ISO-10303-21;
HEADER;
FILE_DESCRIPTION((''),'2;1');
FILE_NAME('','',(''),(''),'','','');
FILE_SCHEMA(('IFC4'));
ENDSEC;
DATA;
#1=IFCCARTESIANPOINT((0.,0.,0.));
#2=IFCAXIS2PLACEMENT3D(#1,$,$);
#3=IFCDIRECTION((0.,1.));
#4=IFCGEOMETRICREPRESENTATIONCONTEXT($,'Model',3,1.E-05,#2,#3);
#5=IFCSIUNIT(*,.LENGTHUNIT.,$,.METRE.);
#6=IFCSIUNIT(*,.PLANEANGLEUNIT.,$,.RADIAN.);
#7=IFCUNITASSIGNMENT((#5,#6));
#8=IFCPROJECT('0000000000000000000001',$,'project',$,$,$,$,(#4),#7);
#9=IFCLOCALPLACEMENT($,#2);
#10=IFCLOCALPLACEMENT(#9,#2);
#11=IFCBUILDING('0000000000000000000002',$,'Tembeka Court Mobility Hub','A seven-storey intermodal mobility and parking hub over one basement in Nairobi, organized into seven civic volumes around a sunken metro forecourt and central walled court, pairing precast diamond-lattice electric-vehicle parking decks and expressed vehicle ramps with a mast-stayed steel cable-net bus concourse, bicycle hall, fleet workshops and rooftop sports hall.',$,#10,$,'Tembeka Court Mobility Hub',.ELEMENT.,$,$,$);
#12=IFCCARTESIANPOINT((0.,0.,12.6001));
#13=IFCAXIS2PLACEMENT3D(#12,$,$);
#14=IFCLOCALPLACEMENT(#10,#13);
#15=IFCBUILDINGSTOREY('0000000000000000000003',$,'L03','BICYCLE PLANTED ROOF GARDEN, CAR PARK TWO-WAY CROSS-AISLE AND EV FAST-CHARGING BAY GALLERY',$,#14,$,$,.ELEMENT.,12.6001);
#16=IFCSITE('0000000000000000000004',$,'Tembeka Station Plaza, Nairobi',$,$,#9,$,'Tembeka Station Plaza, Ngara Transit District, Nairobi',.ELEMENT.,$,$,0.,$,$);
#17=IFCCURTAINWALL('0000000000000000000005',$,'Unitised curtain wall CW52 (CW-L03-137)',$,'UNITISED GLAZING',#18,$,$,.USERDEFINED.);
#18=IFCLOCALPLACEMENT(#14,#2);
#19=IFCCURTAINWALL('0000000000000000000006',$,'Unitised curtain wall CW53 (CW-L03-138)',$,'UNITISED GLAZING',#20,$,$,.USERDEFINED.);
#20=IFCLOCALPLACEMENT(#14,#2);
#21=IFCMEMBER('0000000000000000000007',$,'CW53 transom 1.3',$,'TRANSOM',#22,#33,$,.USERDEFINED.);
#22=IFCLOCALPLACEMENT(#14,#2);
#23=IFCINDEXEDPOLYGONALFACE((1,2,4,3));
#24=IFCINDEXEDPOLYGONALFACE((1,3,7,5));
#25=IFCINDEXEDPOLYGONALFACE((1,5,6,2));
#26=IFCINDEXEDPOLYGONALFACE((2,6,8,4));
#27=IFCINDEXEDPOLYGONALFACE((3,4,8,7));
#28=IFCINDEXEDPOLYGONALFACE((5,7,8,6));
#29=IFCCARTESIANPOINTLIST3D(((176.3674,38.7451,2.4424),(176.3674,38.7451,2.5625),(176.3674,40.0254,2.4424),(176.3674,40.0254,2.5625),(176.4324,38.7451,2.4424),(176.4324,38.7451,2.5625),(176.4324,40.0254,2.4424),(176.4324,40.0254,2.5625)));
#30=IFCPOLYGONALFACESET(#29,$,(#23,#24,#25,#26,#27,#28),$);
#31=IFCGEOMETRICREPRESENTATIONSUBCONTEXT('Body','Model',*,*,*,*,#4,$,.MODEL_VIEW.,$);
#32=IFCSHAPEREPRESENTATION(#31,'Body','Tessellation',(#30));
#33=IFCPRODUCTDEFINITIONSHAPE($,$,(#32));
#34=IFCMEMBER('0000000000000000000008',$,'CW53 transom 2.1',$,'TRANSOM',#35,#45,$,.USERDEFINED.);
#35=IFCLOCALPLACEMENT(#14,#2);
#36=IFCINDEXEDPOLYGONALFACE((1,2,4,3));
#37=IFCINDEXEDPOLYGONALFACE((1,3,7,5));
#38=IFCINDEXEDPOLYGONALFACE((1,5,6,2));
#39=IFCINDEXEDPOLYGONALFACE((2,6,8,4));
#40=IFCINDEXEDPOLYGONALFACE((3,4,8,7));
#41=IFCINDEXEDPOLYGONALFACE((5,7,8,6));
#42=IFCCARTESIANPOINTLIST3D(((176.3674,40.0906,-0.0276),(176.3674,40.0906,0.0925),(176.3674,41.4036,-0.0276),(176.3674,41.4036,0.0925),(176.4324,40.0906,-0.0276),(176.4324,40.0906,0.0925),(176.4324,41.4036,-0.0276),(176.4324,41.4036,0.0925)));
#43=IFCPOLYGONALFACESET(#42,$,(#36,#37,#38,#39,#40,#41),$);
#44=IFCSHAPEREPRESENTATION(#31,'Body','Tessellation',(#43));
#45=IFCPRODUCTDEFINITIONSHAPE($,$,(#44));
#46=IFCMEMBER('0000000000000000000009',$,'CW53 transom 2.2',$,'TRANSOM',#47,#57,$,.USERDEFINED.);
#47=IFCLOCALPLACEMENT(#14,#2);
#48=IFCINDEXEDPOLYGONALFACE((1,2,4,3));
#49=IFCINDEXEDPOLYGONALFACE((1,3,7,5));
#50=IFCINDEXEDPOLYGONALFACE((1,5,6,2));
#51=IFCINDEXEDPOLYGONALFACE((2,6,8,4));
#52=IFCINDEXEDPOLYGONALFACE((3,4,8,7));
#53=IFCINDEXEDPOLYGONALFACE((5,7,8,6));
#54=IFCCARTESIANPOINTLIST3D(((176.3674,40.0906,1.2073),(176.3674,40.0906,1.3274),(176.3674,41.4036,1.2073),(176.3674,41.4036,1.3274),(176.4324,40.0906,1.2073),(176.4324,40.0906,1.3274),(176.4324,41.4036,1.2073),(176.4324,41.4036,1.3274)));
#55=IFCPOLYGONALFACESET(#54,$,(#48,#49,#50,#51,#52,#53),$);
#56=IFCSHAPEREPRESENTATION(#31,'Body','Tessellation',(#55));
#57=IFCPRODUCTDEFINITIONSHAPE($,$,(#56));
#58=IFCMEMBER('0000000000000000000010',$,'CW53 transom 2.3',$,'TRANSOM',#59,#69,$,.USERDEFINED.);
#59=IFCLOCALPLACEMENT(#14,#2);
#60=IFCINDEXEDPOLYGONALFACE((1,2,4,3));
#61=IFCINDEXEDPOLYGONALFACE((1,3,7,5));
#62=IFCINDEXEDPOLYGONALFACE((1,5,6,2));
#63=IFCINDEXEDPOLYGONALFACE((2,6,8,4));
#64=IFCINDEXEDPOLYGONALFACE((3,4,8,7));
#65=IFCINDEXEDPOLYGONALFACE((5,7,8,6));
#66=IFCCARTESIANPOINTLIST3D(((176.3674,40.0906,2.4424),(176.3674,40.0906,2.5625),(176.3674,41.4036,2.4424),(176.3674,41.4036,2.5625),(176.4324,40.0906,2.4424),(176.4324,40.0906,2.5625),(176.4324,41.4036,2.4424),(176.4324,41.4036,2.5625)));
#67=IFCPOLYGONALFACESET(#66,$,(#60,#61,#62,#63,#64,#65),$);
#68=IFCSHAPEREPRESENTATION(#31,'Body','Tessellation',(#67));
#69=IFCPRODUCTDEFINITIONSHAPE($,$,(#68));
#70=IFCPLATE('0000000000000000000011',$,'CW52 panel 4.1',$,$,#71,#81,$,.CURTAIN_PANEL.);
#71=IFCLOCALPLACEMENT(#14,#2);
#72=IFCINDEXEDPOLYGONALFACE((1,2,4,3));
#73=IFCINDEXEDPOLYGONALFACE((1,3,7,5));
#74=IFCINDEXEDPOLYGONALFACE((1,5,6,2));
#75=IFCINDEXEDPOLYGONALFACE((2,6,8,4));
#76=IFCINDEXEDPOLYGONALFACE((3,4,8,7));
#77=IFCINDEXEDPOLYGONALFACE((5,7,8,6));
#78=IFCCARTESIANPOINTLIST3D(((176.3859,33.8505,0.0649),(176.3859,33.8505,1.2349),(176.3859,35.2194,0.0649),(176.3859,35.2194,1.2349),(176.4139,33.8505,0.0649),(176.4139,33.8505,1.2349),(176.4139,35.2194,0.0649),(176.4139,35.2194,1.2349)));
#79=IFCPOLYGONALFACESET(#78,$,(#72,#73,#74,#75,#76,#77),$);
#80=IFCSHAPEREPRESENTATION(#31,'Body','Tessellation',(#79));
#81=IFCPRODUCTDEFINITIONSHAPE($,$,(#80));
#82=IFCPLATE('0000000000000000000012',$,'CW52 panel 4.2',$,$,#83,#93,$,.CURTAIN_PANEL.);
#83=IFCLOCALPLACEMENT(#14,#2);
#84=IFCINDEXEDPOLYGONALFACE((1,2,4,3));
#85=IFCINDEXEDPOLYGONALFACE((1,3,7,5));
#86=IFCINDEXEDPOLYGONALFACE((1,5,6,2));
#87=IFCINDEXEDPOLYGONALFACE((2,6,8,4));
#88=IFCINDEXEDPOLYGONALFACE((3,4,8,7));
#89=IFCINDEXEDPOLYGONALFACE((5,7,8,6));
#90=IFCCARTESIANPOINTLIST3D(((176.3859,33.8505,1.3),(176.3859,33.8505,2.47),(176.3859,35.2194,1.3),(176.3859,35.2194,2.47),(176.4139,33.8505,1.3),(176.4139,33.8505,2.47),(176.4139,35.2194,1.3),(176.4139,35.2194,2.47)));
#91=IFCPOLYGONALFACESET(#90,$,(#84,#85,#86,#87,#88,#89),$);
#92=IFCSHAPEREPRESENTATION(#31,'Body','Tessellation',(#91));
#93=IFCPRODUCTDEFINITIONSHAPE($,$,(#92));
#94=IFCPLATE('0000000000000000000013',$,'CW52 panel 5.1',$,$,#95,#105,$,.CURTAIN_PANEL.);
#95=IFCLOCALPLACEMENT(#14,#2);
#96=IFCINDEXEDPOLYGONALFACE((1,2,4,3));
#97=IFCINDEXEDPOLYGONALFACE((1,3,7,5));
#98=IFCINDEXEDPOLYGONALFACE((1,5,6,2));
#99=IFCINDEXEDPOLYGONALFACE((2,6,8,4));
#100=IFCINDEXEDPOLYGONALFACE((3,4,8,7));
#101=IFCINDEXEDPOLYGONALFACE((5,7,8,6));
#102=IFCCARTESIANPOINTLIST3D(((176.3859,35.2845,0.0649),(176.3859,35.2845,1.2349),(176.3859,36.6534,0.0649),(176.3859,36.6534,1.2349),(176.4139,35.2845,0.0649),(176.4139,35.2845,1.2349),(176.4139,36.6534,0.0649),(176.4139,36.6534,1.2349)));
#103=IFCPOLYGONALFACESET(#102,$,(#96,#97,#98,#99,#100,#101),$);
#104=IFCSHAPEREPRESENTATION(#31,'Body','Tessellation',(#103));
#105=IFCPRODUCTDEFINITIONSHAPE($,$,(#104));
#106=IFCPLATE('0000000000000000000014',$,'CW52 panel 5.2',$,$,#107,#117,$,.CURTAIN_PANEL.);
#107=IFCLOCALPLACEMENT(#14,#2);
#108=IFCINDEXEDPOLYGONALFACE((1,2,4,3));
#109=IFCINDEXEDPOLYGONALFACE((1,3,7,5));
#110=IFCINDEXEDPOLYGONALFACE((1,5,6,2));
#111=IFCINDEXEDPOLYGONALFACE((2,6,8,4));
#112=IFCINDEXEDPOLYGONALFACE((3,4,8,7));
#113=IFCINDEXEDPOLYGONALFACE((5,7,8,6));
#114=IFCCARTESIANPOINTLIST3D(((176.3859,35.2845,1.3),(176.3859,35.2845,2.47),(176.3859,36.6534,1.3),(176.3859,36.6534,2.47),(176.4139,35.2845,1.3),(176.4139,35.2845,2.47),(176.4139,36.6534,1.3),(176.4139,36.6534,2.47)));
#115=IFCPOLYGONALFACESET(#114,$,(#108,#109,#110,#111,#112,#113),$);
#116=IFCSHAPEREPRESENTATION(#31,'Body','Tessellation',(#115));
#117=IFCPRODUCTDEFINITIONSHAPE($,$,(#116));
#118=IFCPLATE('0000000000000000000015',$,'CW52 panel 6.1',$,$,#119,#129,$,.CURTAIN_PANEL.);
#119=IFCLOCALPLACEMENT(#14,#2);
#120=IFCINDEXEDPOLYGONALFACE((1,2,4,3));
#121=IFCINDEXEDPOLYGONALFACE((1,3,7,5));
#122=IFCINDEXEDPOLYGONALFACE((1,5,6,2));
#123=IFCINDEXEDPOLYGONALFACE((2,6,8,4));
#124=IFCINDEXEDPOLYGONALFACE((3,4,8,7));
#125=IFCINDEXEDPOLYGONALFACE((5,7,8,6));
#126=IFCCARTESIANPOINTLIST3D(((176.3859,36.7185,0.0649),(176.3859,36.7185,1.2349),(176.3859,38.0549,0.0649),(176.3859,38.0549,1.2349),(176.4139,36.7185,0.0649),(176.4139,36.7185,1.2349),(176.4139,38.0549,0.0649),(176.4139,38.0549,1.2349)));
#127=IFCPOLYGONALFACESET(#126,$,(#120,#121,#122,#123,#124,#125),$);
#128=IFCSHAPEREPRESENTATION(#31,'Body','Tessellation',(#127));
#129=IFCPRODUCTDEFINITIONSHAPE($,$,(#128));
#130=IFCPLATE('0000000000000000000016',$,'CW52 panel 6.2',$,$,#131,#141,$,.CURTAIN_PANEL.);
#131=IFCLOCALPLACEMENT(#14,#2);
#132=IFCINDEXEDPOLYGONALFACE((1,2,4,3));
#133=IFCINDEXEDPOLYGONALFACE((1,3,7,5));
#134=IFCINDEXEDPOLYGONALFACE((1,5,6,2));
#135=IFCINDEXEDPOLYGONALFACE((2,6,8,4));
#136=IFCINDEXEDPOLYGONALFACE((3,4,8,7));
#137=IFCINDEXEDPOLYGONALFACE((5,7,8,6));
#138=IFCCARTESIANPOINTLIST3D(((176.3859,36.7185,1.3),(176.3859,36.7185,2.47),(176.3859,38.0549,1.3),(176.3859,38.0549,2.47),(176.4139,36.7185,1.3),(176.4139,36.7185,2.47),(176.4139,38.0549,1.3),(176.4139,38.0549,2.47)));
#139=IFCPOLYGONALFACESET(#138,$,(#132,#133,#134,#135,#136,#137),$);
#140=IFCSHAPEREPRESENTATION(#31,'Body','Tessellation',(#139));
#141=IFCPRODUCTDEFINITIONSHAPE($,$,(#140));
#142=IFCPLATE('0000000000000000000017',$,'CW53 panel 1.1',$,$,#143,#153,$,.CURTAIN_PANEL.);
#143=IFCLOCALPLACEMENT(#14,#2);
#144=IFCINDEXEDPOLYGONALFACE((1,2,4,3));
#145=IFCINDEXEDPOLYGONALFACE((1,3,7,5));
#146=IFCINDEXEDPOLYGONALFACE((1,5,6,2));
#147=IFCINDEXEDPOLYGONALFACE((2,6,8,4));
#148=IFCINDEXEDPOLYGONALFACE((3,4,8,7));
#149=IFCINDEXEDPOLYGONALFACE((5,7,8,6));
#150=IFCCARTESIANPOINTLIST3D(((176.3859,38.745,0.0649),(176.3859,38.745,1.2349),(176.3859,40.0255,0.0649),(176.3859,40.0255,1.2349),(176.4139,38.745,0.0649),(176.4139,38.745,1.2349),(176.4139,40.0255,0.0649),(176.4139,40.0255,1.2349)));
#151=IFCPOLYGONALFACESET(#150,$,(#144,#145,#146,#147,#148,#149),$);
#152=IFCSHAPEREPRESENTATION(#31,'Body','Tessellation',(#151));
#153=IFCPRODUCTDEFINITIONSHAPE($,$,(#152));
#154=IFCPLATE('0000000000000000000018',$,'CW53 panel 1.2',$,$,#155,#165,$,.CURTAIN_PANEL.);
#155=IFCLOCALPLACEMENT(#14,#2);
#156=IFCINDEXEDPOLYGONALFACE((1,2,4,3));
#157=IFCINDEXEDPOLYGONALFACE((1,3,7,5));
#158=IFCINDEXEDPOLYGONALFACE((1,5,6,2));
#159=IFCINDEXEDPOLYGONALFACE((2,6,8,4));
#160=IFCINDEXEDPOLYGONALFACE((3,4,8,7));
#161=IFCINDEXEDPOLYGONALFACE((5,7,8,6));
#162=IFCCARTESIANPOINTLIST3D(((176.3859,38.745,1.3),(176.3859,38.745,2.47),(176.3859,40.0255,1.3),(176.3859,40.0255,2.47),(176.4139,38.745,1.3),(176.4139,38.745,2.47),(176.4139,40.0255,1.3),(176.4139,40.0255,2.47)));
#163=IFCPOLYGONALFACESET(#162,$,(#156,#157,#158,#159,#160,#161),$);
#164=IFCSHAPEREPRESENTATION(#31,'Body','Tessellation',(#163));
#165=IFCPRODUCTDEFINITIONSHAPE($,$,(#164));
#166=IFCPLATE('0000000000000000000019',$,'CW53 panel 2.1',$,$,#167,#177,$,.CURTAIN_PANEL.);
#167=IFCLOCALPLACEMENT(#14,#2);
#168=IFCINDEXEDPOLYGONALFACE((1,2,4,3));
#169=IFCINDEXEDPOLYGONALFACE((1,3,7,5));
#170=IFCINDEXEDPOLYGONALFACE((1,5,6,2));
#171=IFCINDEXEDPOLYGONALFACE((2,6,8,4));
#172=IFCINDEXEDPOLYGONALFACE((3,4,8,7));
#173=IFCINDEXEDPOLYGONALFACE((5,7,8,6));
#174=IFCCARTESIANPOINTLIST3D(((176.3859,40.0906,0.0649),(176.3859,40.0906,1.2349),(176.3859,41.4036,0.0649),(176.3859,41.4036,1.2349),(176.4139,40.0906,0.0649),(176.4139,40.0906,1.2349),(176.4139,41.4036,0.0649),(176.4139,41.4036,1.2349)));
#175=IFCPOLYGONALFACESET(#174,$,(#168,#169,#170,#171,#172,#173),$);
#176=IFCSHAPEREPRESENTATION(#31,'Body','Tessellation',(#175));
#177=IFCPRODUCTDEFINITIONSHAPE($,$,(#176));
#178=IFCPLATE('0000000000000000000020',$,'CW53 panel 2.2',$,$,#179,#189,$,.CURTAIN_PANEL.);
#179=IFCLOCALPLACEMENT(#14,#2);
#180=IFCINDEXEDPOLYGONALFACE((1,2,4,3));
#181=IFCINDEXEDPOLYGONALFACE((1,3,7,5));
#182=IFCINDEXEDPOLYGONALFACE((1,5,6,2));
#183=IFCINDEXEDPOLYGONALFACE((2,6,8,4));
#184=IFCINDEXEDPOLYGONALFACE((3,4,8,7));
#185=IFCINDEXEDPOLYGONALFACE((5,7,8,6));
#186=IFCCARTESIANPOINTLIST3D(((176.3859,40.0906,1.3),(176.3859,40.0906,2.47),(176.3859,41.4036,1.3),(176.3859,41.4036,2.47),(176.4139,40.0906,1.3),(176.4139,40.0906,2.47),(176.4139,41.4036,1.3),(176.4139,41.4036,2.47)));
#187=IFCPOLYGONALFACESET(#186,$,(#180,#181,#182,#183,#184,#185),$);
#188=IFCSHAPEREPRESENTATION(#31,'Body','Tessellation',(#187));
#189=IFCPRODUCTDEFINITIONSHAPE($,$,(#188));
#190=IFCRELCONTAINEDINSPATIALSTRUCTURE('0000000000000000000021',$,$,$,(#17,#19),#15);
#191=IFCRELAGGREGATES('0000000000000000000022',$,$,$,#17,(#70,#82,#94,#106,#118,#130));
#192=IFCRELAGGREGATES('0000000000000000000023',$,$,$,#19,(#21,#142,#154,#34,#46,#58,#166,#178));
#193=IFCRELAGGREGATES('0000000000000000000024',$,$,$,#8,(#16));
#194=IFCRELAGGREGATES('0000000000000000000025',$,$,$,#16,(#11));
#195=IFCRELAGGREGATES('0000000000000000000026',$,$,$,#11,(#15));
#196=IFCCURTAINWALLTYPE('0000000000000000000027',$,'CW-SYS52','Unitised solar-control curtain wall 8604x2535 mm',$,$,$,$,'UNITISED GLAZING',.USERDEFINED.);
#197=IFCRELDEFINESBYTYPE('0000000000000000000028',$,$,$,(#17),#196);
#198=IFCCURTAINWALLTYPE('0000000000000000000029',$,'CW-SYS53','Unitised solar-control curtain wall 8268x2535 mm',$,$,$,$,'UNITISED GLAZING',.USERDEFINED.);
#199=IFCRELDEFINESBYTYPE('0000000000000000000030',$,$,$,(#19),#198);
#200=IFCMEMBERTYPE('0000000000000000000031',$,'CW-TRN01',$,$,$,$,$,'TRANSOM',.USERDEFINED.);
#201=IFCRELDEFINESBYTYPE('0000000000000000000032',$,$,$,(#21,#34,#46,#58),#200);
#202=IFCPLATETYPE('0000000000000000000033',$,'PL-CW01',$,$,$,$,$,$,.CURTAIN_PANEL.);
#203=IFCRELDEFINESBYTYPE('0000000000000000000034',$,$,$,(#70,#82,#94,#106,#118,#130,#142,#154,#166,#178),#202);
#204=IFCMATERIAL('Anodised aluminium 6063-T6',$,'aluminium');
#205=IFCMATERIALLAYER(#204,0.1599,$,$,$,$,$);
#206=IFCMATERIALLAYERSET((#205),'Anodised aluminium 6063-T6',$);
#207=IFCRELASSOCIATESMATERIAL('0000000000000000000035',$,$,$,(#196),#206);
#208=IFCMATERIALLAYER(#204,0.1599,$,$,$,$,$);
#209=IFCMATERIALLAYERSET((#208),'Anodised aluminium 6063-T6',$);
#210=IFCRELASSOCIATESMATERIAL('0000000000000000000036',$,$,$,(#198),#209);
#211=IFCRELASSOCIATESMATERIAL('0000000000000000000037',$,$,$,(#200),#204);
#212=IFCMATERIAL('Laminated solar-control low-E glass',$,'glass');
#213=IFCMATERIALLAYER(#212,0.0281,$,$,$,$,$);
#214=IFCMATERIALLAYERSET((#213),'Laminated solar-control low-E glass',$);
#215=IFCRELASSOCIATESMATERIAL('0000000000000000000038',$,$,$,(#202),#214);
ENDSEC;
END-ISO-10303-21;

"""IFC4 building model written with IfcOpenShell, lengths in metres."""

from ifc_helpers import new_model, si_unit, direction, frame, origin, origin_2d, place, context, subcontext, project, spatial, rectangle, extrude, material, layer, layer_set, material_profile, profile_set, type_object, element, aggregate, save


model = new_model("IFC4")

# Units and contexts
model_context = context("Model", 3, precision=1e-05, world=origin(), true_north=direction((0.0, 1.0)))
body_context = subcontext(model_context, "Body", "Model", "MODEL_VIEW")
ifc_project = project(units=[si_unit("LENGTHUNIT", "METRE"), si_unit("PLANEANGLEUNIT", "RADIAN")], contexts=[model_context])

# Site, building, storey
site_placement = place(None, origin())
site = spatial("IfcSite", under=ifc_project, at=site_placement, Name="Tembeka Station Plaza, Nairobi", LongName="Tembeka Station Plaza, Ngara Transit District, Nairobi", CompositionType="ELEMENT", RefElevation=0.0)
building_placement = place(site_placement, origin())
building = spatial("IfcBuilding", under=site, at=building_placement, Name="Tembeka Court Mobility Hub", Description="A seven-storey intermodal mobility and parking hub over one basement in Nairobi, organized into seven civic volumes around a sunken metro forecourt and central walled court, pairing precast diamond-lattice electric-vehicle parking decks and expressed vehicle ramps with a mast-stayed steel cable-net bus concourse, bicycle hall, fleet workshops and rooftop sports hall.", LongName="Tembeka Court Mobility Hub", CompositionType="ELEMENT")
storey_placement = place(building_placement, frame((0.0, 0.0, 12.6001)))
storey = spatial("IfcBuildingStorey", under=building, at=storey_placement, Name="L03", Description="BICYCLE PLANTED ROOF GARDEN, CAR PARK TWO-WAY CROSS-AISLE AND EV FAST-CHARGING BAY GALLERY", CompositionType="ELEMENT", Elevation=12.6001)

# Curtain walls
ifc_material_1 = material(Name="Anodised aluminium 6063-T6", Category="aluminium")
ifc_layer_1 = layer(ifc_material_1, 0.1599)
ifc_layer_set_1 = layer_set([ifc_layer_1], Name="Anodised aluminium 6063-T6")
curtain_wall_type_1 = type_object("IfcCurtainWallType", Name="CW-SYS52", Description="Unitised solar-control curtain wall 8604x2535 mm", ElementType="UNITISED GLAZING", PredefinedType="USERDEFINED", material=ifc_layer_set_1)
curtain_wall_1_placement = place(storey_placement, origin())
curtain_wall_1 = element("IfcCurtainWall", 1, at=curtain_wall_1_placement, inside=storey, type_object=curtain_wall_type_1, Name="Unitised curtain wall CW52 (CW-L03-137)", ObjectType="UNITISED GLAZING", PredefinedType="USERDEFINED")
ifc_layer_2 = layer(ifc_material_1, 0.1599)
ifc_layer_set_2 = layer_set([ifc_layer_2], Name="Anodised aluminium 6063-T6")
curtain_wall_type_2 = type_object("IfcCurtainWallType", Name="CW-SYS53", Description="Unitised solar-control curtain wall 8268x2535 mm", ElementType="UNITISED GLAZING", PredefinedType="USERDEFINED", material=ifc_layer_set_2)
curtain_wall_2_placement = place(storey_placement, origin())
curtain_wall_2 = element("IfcCurtainWall", 2, at=curtain_wall_2_placement, inside=storey, type_object=curtain_wall_type_2, Name="Unitised curtain wall CW53 (CW-L03-138)", ObjectType="UNITISED GLAZING", PredefinedType="USERDEFINED")

# Members
ifc_material_profile_1 = material_profile(ifc_material_1, rectangle(XDim=0.0649, YDim=0.1201, at=origin_2d()), Name="ALU-TRN 65x120")
ifc_profile_set_1 = profile_set([ifc_material_profile_1], Name="Anodised aluminium 6063-T6")
member_type_1 = type_object("IfcMemberType", Name="CW-TRN01", ElementType="TRANSOM", PredefinedType="USERDEFINED", material=ifc_profile_set_1)
member_1_placement = place(storey_placement, frame((176.3999, 38.7451, 2.5024), z_axis=(0.0, 1.0, 0.0), x_axis=(-1.0, 0.0, 0.0)))
member_1 = element("IfcMember", 3, at=member_1_placement, type_object=member_type_1, Name="CW53 transom 1.3", ObjectType="TRANSOM", PredefinedType="USERDEFINED", context=body_context, shape_type="SweptSolid", body=[
    extrude(rectangle(XDim=0.0649, YDim=0.1201, at=origin_2d()), origin(), (0.0, 0.0, 1.0), 1.2803),
])
member_2_placement = place(storey_placement, frame((176.3999, 40.0906, 0.0325), z_axis=(0.0, 1.0, 0.0), x_axis=(-1.0, 0.0, 0.0)))
member_2 = element("IfcMember", 4, at=member_2_placement, type_object=member_type_1, Name="CW53 transom 2.1", ObjectType="TRANSOM", PredefinedType="USERDEFINED", context=body_context, shape_type="SweptSolid", body=[
    extrude(rectangle(XDim=0.0649, YDim=0.1201, at=origin_2d()), origin(), (0.0, 0.0, 1.0), 1.313),
])
member_3_placement = place(storey_placement, frame((176.3999, 40.0906, 1.2673), z_axis=(0.0, 1.0, 0.0), x_axis=(-1.0, 0.0, 0.0)))
member_3 = element("IfcMember", 5, at=member_3_placement, type_object=member_type_1, Name="CW53 transom 2.2", ObjectType="TRANSOM", PredefinedType="USERDEFINED", context=body_context, shape_type="SweptSolid", body=[
    extrude(rectangle(XDim=0.0649, YDim=0.1201, at=origin_2d()), origin(), (0.0, 0.0, 1.0), 1.313),
])
member_4_placement = place(storey_placement, frame((176.3999, 40.0906, 2.5024), z_axis=(0.0, 1.0, 0.0), x_axis=(-1.0, 0.0, 0.0)))
member_4 = element("IfcMember", 6, at=member_4_placement, type_object=member_type_1, Name="CW53 transom 2.3", ObjectType="TRANSOM", PredefinedType="USERDEFINED", context=body_context, shape_type="SweptSolid", body=[
    extrude(rectangle(XDim=0.0649, YDim=0.1201, at=origin_2d()), origin(), (0.0, 0.0, 1.0), 1.313),
])

# Plates
ifc_material_2 = material(Name="Laminated solar-control low-E glass", Category="glass")
ifc_layer_3 = layer(ifc_material_2, 0.0281)
ifc_layer_set_3 = layer_set([ifc_layer_3], Name="Laminated solar-control low-E glass")
plate_type = type_object("IfcPlateType", Name="PL-CW01", PredefinedType="CURTAIN_PANEL", material=ifc_layer_set_3)
plate_1_placement = place(storey_placement, frame((176.3999, 34.5349, 0.0649), z_axis=(0.0, 0.0, 1.0), x_axis=(0.0, 1.0, 0.0)))
plate_1 = element("IfcPlate", 7, at=plate_1_placement, type_object=plate_type, Name="CW52 panel 4.1", PredefinedType="CURTAIN_PANEL", context=body_context, shape_type="SweptSolid", body=[
    extrude(rectangle(XDim=1.3689, YDim=0.0281, at=origin_2d()), origin(), (0.0, 0.0, 1.0), 1.1699),
])
plate_2_placement = place(storey_placement, frame((176.3999, 34.5349, 1.3), z_axis=(0.0, 0.0, 1.0), x_axis=(0.0, 1.0, 0.0)))
plate_2 = element("IfcPlate", 8, at=plate_2_placement, type_object=plate_type, Name="CW52 panel 4.2", PredefinedType="CURTAIN_PANEL", context=body_context, shape_type="SweptSolid", body=[
    extrude(rectangle(XDim=1.3689, YDim=0.0281, at=origin_2d()), origin(), (0.0, 0.0, 1.0), 1.1699),
])
plate_3_placement = place(storey_placement, frame((176.3999, 35.969, 0.0649), z_axis=(0.0, 0.0, 1.0), x_axis=(0.0, 1.0, 0.0)))
plate_3 = element("IfcPlate", 9, at=plate_3_placement, type_object=plate_type, Name="CW52 panel 5.1", PredefinedType="CURTAIN_PANEL", context=body_context, shape_type="SweptSolid", body=[
    extrude(rectangle(XDim=1.3689, YDim=0.0281, at=origin_2d()), origin(), (0.0, 0.0, 1.0), 1.1699),
])
plate_4_placement = place(storey_placement, frame((176.3999, 35.969, 1.3), z_axis=(0.0, 0.0, 1.0), x_axis=(0.0, 1.0, 0.0)))
plate_4 = element("IfcPlate", 10, at=plate_4_placement, type_object=plate_type, Name="CW52 panel 5.2", PredefinedType="CURTAIN_PANEL", context=body_context, shape_type="SweptSolid", body=[
    extrude(rectangle(XDim=1.3689, YDim=0.0281, at=origin_2d()), origin(), (0.0, 0.0, 1.0), 1.1699),
])
plate_5_placement = place(storey_placement, frame((176.3999, 37.3867, 0.0649), z_axis=(0.0, 0.0, 1.0), x_axis=(0.0, 1.0, 0.0)))
plate_5 = element("IfcPlate", 11, at=plate_5_placement, type_object=plate_type, Name="CW52 panel 6.1", PredefinedType="CURTAIN_PANEL", context=body_context, shape_type="SweptSolid", body=[
    extrude(rectangle(XDim=1.3364, YDim=0.0281, at=origin_2d()), origin(), (0.0, 0.0, 1.0), 1.1699),
])
plate_6_placement = place(storey_placement, frame((176.3999, 37.3867, 1.3), z_axis=(0.0, 0.0, 1.0), x_axis=(0.0, 1.0, 0.0)))
plate_6 = element("IfcPlate", 12, at=plate_6_placement, type_object=plate_type, Name="CW52 panel 6.2", PredefinedType="CURTAIN_PANEL", context=body_context, shape_type="SweptSolid", body=[
    extrude(rectangle(XDim=1.3364, YDim=0.0281, at=origin_2d()), origin(), (0.0, 0.0, 1.0), 1.1699),
])
aggregate(curtain_wall_1, [plate_1, plate_2, plate_3, plate_4, plate_5, plate_6])
plate_7_placement = place(storey_placement, frame((176.3999, 39.3853, 0.0649), z_axis=(0.0, 0.0, 1.0), x_axis=(0.0, 1.0, 0.0)))
plate_7 = element("IfcPlate", 13, at=plate_7_placement, type_object=plate_type, Name="CW53 panel 1.1", PredefinedType="CURTAIN_PANEL", context=body_context, shape_type="SweptSolid", body=[
    extrude(rectangle(XDim=1.2805, YDim=0.0281, at=origin_2d()), origin(), (0.0, 0.0, 1.0), 1.1699),
])
plate_8_placement = place(storey_placement, frame((176.3999, 39.3853, 1.3), z_axis=(0.0, 0.0, 1.0), x_axis=(0.0, 1.0, 0.0)))
plate_8 = element("IfcPlate", 14, at=plate_8_placement, type_object=plate_type, Name="CW53 panel 1.2", PredefinedType="CURTAIN_PANEL", context=body_context, shape_type="SweptSolid", body=[
    extrude(rectangle(XDim=1.2805, YDim=0.0281, at=origin_2d()), origin(), (0.0, 0.0, 1.0), 1.1699),
])
plate_9_placement = place(storey_placement, frame((176.3999, 40.7471, 0.0649), z_axis=(0.0, 0.0, 1.0), x_axis=(0.0, 1.0, 0.0)))
plate_9 = element("IfcPlate", 15, at=plate_9_placement, type_object=plate_type, Name="CW53 panel 2.1", PredefinedType="CURTAIN_PANEL", context=body_context, shape_type="SweptSolid", body=[
    extrude(rectangle(XDim=1.313, YDim=0.0281, at=origin_2d()), origin(), (0.0, 0.0, 1.0), 1.1699),
])
plate_10_placement = place(storey_placement, frame((176.3999, 40.7471, 1.3), z_axis=(0.0, 0.0, 1.0), x_axis=(0.0, 1.0, 0.0)))
plate_10 = element("IfcPlate", 16, at=plate_10_placement, type_object=plate_type, Name="CW53 panel 2.2", PredefinedType="CURTAIN_PANEL", context=body_context, shape_type="SweptSolid", body=[
    extrude(rectangle(XDim=1.313, YDim=0.0281, at=origin_2d()), origin(), (0.0, 0.0, 1.0), 1.1699),
])
aggregate(curtain_wall_2, [member_1, plate_7, plate_8, member_2, member_3, member_4, plate_9, plate_10])

save(model, "model.ifc")
